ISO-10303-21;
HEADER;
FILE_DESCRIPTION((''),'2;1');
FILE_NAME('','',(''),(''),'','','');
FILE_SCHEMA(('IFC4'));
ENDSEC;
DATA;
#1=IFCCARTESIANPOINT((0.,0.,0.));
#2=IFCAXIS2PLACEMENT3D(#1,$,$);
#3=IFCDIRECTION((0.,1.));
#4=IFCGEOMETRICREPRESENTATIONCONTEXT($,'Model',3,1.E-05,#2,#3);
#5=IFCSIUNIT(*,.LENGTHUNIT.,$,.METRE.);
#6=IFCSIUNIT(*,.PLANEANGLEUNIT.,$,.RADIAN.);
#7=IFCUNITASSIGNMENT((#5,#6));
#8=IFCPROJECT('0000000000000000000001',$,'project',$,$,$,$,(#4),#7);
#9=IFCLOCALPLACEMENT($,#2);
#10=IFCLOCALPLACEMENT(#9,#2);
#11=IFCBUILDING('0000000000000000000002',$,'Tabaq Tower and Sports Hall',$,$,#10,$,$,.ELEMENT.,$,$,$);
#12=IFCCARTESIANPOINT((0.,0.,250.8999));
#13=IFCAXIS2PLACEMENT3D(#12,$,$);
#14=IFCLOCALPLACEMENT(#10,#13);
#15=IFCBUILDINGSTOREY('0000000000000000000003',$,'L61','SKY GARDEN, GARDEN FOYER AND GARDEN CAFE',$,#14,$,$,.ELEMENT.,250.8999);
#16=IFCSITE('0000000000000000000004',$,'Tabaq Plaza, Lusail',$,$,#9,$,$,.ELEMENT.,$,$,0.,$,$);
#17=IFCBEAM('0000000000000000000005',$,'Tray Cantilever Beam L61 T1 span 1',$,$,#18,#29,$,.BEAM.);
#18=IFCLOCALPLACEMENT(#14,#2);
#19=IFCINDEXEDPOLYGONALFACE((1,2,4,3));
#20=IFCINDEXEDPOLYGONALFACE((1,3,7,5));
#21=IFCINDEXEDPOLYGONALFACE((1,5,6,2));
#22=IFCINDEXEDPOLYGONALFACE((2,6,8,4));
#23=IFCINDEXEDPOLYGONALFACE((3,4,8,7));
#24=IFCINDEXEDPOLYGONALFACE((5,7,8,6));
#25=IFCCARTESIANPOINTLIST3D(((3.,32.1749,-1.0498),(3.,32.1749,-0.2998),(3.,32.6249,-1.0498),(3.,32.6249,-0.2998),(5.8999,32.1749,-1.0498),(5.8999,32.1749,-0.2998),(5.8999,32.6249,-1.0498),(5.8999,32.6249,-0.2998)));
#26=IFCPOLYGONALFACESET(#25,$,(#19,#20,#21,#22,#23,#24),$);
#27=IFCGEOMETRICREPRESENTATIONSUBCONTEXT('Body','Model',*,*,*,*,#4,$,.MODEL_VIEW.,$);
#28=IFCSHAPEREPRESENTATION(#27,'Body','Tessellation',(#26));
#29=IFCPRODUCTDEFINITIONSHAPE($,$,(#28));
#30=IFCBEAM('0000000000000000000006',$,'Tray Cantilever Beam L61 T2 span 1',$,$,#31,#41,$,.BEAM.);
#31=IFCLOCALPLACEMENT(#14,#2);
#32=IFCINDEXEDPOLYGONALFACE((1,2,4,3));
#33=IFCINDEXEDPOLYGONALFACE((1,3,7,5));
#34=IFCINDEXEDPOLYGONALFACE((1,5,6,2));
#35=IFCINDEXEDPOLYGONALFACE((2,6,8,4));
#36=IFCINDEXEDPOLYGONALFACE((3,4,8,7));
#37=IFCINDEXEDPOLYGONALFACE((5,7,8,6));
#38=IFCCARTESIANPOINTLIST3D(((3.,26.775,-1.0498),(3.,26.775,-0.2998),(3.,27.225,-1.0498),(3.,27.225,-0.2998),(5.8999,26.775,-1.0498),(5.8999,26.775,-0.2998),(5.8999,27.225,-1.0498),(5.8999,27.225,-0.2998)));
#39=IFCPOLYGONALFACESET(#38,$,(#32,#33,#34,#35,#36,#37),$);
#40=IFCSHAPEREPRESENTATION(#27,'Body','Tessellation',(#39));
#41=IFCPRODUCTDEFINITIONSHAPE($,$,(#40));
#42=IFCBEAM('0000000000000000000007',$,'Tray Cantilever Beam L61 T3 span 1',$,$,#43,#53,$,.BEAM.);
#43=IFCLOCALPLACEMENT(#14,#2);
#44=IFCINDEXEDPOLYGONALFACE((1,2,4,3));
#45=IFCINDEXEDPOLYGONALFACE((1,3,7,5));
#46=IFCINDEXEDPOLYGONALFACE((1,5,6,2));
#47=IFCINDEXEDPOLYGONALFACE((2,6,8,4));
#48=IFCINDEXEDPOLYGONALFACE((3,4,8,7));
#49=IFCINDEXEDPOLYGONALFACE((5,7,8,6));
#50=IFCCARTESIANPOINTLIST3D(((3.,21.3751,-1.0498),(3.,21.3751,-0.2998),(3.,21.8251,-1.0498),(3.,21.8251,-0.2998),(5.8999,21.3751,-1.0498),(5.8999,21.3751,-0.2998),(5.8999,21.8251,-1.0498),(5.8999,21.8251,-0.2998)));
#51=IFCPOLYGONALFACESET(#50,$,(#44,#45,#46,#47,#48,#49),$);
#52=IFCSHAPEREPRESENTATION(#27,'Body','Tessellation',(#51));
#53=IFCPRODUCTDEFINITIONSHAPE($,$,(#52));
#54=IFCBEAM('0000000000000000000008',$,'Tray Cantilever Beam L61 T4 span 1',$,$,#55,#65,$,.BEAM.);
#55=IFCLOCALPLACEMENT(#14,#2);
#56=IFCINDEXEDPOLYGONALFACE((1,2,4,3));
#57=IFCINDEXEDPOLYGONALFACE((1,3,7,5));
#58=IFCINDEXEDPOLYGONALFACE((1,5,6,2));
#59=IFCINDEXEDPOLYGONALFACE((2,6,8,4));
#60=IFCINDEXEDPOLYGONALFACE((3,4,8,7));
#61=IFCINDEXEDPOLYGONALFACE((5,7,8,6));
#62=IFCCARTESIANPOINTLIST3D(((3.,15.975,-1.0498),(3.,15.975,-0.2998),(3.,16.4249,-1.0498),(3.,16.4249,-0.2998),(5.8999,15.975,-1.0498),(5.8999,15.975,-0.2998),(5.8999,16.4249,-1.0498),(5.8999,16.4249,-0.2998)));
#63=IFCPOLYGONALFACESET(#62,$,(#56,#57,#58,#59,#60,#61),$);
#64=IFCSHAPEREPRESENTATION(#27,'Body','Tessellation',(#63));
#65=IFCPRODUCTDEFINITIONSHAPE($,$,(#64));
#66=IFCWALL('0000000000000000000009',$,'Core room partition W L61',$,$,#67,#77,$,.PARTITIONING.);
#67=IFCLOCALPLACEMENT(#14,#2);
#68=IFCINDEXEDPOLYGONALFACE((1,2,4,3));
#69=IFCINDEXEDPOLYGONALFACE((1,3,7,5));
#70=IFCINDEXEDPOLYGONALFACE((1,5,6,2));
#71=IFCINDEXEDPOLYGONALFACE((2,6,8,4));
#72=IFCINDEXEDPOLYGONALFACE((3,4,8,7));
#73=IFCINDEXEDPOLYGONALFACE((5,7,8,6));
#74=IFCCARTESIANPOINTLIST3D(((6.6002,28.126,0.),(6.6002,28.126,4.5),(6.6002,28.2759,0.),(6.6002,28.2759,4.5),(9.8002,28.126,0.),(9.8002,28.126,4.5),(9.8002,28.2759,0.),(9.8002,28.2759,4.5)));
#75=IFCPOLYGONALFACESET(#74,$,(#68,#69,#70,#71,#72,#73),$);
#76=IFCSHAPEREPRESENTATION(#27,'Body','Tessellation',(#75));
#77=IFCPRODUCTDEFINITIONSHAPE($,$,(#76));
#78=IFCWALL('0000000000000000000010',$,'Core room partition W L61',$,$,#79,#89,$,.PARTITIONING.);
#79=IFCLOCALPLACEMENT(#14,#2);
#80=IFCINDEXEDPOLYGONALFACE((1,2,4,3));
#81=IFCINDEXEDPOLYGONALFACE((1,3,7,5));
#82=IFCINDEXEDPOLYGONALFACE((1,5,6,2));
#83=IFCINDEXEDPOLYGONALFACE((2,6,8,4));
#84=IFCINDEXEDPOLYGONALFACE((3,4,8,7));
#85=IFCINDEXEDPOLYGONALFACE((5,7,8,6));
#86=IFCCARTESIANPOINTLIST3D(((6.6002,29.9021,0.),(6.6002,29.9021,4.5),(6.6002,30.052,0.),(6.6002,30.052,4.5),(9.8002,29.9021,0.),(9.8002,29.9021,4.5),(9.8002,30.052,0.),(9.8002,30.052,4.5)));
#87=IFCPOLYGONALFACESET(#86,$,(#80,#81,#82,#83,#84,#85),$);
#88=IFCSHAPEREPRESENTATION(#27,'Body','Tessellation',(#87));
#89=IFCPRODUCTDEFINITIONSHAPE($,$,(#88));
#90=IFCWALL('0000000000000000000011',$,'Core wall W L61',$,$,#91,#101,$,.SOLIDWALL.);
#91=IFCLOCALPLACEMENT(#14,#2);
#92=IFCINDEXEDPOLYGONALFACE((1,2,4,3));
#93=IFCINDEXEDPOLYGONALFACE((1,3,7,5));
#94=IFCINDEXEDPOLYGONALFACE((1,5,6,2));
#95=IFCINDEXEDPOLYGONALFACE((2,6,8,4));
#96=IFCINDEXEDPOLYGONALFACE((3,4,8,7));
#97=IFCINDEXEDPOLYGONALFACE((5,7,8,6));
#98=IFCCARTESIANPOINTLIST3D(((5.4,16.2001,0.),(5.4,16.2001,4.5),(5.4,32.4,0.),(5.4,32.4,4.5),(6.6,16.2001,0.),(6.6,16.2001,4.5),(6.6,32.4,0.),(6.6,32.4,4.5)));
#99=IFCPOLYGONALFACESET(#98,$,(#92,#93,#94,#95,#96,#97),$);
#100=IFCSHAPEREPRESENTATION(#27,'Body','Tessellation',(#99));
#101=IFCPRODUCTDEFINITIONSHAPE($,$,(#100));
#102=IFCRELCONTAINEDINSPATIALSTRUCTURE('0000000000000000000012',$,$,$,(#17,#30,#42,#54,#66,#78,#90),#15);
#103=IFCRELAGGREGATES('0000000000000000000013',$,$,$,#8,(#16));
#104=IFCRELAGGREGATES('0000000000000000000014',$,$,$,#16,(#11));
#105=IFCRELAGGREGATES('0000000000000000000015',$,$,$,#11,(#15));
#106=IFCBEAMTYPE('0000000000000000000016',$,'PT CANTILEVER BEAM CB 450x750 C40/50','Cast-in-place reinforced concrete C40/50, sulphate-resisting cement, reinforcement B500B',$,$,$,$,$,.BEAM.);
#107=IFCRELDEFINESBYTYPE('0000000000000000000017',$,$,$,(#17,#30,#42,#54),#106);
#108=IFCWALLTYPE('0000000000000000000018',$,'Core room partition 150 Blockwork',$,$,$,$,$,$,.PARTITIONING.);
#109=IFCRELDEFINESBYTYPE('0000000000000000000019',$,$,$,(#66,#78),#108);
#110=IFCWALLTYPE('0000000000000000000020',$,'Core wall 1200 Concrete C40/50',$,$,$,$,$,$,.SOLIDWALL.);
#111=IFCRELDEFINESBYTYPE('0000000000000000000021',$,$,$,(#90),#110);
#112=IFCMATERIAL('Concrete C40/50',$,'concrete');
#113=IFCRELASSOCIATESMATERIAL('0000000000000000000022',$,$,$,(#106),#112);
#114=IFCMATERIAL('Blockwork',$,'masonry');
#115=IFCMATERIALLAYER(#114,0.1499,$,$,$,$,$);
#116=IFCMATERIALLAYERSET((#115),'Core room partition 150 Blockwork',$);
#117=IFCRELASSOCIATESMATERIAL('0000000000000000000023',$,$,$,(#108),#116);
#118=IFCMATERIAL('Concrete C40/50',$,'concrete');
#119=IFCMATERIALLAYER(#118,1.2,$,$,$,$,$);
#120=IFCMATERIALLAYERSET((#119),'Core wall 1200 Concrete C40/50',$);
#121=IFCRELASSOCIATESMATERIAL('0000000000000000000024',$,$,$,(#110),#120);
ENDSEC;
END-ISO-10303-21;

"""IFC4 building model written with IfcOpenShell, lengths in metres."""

from ifc_helpers import new_model, si_unit, direction, frame, frame_2d, origin, origin_2d, place, context, subcontext, project, spatial, rectangle, extrude, material, layer, layer_set, material_profile, profile_set, type_object, element, save


model = new_model("IFC4")

# Units and contexts
model_context = context("Model", 3, precision=1e-05, world=origin(), true_north=direction((0.0, 1.0)))
body_context = subcontext(model_context, "Body", "Model", "MODEL_VIEW")
ifc_project = project(units=[si_unit("LENGTHUNIT", "METRE"), si_unit("PLANEANGLEUNIT", "RADIAN")], contexts=[model_context])

# Site, building, storey
site_placement = place(None, origin())
site = spatial("IfcSite", under=ifc_project, at=site_placement, Name="Tabaq Plaza, Lusail", CompositionType="ELEMENT", RefElevation=0.0)
building_placement = place(site_placement, origin())
building = spatial("IfcBuilding", under=site, at=building_placement, Name="Tabaq Tower and Sports Hall", CompositionType="ELEMENT")
storey_placement = place(building_placement, frame((0.0, 0.0, 250.8999)))
storey = spatial("IfcBuildingStorey", under=building, at=storey_placement, Name="L61", Description="SKY GARDEN, GARDEN FOYER AND GARDEN CAFE", CompositionType="ELEMENT", Elevation=250.8999)

# Beams
ifc_material_1 = material(Name="Concrete C40/50", Category="concrete")
ifc_material_profile = material_profile(ifc_material_1, rectangle(XDim=0.45, YDim=0.75, at=origin_2d()), Name="CB 450x750")
ifc_profile_set = profile_set([ifc_material_profile], Name="Concrete C40/50")
beam_type = type_object("IfcBeamType", Name="PT CANTILEVER BEAM CB 450x750 C40/50", Description="Cast-in-place reinforced concrete C40/50, sulphate-resisting cement, reinforcement B500B", PredefinedType="BEAM", material=ifc_profile_set)
for number, where, z_axis, x_axis, name in (
    (1, (3.0, 32.3999, -0.6748), (1.0, 0.0, 0.0), (0.0, 1.0, 0.0), "Tray Cantilever Beam L61 T1 span 1"),
    (2, (3.0, 27.0, -0.6748), (1.0, 0.0, 0.0), (0.0, 1.0, 0.0), "Tray Cantilever Beam L61 T2 span 1"),
    (3, (3.0, 21.6001, -0.6748), (1.0, 0.0, 0.0), (0.0, 1.0, 0.0), "Tray Cantilever Beam L61 T3 span 1"),
    (4, (3.0, 16.2, -0.6748), (1.0, 0.0, 0.0), (0.0, 1.0, 0.0), "Tray Cantilever Beam L61 T4 span 1"),
):
    element("IfcBeam", number, at=place(storey_placement, frame(where, z_axis=z_axis, x_axis=x_axis)), inside=storey, type_object=beam_type, Name=name, PredefinedType="BEAM", context=body_context, shape_type="SweptSolid", body=[
        extrude(rectangle(XDim=0.45, YDim=0.75, at=origin_2d()), origin(), (0.0, 0.0, 1.0), 2.8999),
    ])

# Walls
ifc_material_2 = material(Name="Blockwork", Category="masonry")
ifc_layer_1 = layer(ifc_material_2, 0.1499)
ifc_layer_set_1 = layer_set([ifc_layer_1], Name="Core room partition 150 Blockwork")
wall_type_1 = type_object("IfcWallType", Name="Core room partition 150 Blockwork", PredefinedType="PARTITIONING", material=ifc_layer_set_1)
for number, where, z_axis, x_axis, name in (
    (5, (6.6001, 28.2009, 0.0), (0.0, 0.0, 1.0), (1.0, 0.0, 0.0), "Core room partition W L61"),
    (6, (6.6001, 29.9771, 0.0), (0.0, 0.0, 1.0), (1.0, 0.0, 0.0), "Core room partition W L61"),
):
    element("IfcWall", number, at=place(storey_placement, frame(where, z_axis=z_axis, x_axis=x_axis)), inside=storey, type_object=wall_type_1, Name=name, PredefinedType="PARTITIONING", context=body_context, shape_type="SweptSolid", body=[
        extrude(rectangle(XDim=3.2, YDim=0.1499, at=frame_2d((1.6001, 0.0))), origin(), (0.0, 0.0, 1.0), 4.5),
    ])
ifc_material_3 = material(Name="Concrete C40/50", Category="concrete")
ifc_layer_2 = layer(ifc_material_3, 1.2)
ifc_layer_set_2 = layer_set([ifc_layer_2], Name="Core wall 1200 Concrete C40/50")
wall_type_2 = type_object("IfcWallType", Name="Core wall 1200 Concrete C40/50", PredefinedType="SOLIDWALL", material=ifc_layer_set_2)
wall_1_placement = place(storey_placement, frame((6.0, 16.2, 0.0), z_axis=(0.0, 0.0, 1.0), x_axis=(0.0, 1.0, 0.0)))
element("IfcWall", 7, at=wall_1_placement, inside=storey, type_object=wall_type_2, Name="Core wall W L61", PredefinedType="SOLIDWALL", context=body_context, shape_type="SweptSolid", body=[
    extrude(rectangle(XDim=16.2, YDim=1.2, at=frame_2d((8.1001, 0.0))), origin(), (0.0, 0.0, 1.0), 4.5),
])

save(model, "model.ifc")
